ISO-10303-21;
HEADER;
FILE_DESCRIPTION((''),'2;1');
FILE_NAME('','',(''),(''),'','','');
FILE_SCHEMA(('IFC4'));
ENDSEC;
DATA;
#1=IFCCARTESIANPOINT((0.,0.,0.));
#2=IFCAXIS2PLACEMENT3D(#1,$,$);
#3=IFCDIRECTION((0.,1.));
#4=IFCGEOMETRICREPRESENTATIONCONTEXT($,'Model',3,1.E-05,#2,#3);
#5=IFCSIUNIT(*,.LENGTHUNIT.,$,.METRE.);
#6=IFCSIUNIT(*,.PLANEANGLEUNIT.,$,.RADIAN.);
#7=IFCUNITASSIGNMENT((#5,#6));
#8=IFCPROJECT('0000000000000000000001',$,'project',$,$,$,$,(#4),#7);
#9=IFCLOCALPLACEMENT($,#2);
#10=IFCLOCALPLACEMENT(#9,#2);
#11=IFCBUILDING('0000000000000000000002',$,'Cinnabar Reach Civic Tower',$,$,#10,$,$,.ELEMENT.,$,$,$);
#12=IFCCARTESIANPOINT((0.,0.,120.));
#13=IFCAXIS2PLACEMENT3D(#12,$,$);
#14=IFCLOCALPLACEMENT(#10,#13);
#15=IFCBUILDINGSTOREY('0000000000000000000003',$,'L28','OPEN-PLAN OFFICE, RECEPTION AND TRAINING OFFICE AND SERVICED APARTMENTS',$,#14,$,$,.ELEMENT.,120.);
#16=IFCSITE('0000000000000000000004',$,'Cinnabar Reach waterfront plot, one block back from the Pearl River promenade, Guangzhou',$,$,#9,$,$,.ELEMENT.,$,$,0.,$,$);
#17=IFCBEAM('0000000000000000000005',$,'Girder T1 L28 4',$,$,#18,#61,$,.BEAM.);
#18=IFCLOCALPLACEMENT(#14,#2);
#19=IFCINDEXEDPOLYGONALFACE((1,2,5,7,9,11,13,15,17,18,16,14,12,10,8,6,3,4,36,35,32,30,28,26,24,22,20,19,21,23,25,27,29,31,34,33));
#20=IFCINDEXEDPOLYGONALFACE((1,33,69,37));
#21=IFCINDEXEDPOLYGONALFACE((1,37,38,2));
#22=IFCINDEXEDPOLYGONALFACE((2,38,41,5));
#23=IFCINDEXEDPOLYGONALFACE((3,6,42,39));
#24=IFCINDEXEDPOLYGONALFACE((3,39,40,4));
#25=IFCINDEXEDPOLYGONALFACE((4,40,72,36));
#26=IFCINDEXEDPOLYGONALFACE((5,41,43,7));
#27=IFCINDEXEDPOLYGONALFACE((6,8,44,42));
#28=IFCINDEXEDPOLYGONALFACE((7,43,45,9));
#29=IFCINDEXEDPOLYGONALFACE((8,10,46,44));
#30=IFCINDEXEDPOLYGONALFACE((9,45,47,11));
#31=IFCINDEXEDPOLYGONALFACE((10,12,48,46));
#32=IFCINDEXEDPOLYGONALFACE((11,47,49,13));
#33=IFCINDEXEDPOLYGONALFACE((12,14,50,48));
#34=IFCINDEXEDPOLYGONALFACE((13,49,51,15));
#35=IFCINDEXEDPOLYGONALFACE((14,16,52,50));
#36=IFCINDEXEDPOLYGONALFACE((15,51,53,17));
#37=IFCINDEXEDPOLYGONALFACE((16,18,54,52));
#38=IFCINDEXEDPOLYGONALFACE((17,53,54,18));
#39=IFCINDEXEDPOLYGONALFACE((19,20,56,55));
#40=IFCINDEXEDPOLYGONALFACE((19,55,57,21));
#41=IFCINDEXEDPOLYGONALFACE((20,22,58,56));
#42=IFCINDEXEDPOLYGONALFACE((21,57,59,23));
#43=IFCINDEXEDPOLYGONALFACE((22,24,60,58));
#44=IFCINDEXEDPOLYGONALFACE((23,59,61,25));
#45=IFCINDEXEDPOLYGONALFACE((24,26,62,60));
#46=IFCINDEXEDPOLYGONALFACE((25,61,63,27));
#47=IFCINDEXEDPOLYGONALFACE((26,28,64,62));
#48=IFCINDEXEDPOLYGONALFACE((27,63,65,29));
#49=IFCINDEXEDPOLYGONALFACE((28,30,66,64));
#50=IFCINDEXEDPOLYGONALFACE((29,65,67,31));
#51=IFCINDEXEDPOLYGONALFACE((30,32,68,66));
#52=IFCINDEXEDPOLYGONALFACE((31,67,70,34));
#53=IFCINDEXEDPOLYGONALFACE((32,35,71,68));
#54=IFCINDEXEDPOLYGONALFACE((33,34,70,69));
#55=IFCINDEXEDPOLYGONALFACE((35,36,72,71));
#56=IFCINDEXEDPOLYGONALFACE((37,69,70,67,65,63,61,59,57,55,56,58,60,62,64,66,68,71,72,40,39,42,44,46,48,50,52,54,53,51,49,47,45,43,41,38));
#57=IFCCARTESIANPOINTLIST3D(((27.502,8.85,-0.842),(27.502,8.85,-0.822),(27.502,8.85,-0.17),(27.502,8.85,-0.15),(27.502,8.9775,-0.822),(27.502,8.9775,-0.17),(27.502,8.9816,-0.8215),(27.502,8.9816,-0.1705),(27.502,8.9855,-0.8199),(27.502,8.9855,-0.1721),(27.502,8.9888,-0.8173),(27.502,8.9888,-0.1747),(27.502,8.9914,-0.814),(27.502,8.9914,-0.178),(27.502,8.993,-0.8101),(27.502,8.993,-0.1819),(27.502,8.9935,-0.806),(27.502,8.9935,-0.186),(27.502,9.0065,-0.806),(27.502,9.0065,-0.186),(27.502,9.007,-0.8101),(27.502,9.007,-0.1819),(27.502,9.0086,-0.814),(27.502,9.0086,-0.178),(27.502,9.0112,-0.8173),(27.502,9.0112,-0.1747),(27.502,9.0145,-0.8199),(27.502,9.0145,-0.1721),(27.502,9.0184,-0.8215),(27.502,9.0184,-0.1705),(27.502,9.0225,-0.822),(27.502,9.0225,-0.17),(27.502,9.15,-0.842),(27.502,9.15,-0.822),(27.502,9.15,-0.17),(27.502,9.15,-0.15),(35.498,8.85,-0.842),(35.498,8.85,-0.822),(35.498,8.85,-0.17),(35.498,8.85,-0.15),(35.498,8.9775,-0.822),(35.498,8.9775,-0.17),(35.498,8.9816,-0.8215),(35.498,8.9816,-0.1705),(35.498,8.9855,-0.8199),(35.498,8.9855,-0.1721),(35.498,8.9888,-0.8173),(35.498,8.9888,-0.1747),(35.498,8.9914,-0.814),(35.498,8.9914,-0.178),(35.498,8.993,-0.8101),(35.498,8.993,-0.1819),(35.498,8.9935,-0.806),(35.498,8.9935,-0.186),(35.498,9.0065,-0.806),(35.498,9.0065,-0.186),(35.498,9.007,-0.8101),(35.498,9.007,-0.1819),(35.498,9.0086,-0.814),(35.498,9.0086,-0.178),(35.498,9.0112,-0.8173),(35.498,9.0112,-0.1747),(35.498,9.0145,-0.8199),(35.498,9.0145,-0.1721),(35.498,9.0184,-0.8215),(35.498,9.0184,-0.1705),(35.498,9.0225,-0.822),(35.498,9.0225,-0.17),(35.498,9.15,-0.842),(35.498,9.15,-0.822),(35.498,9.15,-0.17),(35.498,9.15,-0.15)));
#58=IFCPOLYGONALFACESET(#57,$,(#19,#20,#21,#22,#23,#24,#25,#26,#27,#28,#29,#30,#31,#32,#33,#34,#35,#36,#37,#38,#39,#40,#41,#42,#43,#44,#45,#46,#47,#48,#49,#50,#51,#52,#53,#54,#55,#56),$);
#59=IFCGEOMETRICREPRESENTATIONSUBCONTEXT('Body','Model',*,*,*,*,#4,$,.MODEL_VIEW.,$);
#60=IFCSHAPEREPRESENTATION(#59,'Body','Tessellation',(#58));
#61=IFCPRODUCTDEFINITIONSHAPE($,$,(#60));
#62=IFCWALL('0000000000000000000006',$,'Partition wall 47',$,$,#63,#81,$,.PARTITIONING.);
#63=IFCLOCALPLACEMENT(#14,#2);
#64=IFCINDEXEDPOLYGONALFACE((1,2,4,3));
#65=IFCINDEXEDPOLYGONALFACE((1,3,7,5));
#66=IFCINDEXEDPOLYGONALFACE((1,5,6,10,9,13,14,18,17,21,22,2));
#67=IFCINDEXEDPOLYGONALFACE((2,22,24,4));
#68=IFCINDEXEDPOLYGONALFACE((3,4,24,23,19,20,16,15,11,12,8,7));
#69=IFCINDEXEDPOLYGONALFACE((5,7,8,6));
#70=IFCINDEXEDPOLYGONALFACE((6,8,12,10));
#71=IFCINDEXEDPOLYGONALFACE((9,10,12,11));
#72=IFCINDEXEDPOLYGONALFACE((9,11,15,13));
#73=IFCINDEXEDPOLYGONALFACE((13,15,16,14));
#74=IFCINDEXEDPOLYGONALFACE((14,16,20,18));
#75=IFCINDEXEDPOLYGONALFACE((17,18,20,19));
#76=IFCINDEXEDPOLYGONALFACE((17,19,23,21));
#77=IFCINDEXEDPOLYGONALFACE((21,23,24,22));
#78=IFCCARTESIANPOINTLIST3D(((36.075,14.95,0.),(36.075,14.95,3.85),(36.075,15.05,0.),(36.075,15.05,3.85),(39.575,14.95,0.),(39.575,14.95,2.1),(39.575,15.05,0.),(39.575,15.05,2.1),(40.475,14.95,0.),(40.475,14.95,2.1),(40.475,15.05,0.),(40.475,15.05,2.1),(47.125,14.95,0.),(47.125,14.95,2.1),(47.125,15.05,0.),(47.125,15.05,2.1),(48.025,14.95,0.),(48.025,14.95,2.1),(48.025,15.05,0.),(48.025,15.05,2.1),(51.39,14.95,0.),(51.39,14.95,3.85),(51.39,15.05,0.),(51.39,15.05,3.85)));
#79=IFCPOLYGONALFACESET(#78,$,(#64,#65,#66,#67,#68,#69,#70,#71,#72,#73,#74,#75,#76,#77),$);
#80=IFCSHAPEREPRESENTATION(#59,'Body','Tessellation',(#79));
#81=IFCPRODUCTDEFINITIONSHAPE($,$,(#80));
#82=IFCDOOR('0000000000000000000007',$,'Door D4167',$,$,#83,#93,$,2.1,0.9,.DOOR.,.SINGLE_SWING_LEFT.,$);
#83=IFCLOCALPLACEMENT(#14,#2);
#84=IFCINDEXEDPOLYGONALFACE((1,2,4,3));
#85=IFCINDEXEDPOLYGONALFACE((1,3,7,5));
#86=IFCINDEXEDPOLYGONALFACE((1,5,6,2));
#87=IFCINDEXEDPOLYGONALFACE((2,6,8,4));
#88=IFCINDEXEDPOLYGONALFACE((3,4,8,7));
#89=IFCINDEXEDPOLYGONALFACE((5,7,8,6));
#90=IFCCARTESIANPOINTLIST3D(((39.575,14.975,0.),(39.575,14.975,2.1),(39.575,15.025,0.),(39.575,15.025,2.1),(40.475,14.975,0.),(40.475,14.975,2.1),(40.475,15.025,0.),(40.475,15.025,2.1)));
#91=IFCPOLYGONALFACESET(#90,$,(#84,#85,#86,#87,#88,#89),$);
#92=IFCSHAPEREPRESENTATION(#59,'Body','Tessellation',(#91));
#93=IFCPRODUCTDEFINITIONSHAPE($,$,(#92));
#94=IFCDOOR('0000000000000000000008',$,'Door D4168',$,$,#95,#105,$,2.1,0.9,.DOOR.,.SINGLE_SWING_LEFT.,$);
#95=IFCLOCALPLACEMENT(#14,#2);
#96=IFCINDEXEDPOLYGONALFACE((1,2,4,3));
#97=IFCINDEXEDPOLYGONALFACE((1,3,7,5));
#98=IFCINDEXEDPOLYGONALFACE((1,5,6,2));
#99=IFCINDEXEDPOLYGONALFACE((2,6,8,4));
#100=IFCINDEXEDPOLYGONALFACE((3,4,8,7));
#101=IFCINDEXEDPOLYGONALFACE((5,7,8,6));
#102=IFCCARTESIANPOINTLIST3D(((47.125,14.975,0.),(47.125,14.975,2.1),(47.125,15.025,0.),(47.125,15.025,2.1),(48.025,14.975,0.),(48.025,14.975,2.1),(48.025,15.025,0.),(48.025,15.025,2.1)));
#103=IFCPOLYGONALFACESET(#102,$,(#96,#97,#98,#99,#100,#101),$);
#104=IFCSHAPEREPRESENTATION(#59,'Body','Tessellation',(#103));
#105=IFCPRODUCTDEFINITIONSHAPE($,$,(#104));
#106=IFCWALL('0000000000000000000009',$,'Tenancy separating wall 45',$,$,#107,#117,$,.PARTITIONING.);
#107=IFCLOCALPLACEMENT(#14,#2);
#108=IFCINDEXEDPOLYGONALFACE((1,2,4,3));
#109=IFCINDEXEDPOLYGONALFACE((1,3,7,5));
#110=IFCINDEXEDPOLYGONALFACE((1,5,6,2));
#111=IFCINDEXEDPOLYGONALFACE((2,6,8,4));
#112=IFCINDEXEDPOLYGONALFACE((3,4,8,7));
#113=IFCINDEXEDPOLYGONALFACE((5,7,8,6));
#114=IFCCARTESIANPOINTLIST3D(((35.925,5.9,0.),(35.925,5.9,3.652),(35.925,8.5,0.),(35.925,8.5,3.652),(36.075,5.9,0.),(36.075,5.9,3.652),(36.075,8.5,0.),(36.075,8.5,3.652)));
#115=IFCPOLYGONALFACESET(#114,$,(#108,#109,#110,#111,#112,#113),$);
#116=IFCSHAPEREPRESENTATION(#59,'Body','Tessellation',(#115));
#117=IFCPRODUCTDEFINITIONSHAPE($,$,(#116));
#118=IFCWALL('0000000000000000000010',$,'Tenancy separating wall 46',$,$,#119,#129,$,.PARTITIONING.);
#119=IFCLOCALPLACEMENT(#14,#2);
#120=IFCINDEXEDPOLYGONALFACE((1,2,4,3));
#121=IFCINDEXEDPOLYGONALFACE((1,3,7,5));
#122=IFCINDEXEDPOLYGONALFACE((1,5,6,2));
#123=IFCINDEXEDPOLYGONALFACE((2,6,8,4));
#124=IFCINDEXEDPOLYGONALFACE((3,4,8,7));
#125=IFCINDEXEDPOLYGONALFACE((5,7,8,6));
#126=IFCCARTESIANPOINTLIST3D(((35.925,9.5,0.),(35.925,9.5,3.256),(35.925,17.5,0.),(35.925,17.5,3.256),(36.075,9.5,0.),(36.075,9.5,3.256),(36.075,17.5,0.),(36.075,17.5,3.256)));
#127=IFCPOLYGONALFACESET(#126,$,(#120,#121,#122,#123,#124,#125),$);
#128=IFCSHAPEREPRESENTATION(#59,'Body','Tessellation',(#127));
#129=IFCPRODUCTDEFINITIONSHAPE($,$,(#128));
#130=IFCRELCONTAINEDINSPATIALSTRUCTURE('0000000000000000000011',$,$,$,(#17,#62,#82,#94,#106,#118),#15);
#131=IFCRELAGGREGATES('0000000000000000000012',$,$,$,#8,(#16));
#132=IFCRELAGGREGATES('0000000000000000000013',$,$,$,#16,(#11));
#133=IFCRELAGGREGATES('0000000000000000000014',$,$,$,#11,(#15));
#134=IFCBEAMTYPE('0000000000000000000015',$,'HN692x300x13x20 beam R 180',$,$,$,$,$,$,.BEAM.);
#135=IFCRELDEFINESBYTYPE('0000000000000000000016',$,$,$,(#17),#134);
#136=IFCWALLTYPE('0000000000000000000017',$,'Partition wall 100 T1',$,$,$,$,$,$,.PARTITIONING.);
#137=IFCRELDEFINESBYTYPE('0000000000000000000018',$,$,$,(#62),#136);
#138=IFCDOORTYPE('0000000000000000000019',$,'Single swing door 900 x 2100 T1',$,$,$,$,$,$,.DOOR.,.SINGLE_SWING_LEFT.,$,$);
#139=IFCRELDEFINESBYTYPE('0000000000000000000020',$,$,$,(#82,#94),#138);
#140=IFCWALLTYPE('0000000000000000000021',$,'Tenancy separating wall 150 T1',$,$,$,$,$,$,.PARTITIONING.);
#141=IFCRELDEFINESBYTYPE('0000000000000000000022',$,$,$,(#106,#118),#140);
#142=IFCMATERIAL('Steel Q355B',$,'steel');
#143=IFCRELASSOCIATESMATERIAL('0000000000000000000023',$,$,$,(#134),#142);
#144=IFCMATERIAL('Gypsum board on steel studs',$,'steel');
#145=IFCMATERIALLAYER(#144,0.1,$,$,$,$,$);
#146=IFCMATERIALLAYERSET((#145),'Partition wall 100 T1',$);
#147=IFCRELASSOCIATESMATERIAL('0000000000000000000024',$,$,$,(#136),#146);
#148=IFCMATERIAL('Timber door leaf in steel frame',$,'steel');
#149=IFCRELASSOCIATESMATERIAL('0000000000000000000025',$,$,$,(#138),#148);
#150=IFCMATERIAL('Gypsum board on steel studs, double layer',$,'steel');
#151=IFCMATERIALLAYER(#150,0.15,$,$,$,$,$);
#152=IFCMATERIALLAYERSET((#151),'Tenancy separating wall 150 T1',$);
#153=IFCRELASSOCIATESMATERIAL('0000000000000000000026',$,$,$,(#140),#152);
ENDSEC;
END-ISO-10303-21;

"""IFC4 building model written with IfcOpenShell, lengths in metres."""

from ifc_helpers import new_model, si_unit, direction, frame, frame_2d, origin, origin_2d, place, context, subcontext, project, spatial, rectangle, i_section, extrude, material, layer, layer_set, material_profile, profile_set, type_object, element, fill, save


model = new_model("IFC4")

# Units and contexts
model_context = context("Model", 3, precision=1e-05, world=origin(), true_north=direction((0.0, 1.0)))
body_context = subcontext(model_context, "Body", "Model", "MODEL_VIEW")
ifc_project = project(units=[si_unit("LENGTHUNIT", "METRE"), si_unit("PLANEANGLEUNIT", "RADIAN")], contexts=[model_context])

# Site, building, storey
site_placement = place(None, origin())
site = spatial("IfcSite", under=ifc_project, at=site_placement, Name="Cinnabar Reach waterfront plot, one block back from the Pearl River promenade, Guangzhou", CompositionType="ELEMENT", RefElevation=0.0)
building_placement = place(site_placement, origin())
building = spatial("IfcBuilding", under=site, at=building_placement, Name="Cinnabar Reach Civic Tower", CompositionType="ELEMENT")
storey_placement = place(building_placement, frame((0.0, 0.0, 120.0)))
storey = spatial("IfcBuildingStorey", under=building, at=storey_placement, Name="L28", Description="OPEN-PLAN OFFICE, RECEPTION AND TRAINING OFFICE AND SERVICED APARTMENTS", CompositionType="ELEMENT", Elevation=120.0)

# Beam
ifc_material_1 = material(Name="Steel Q355B", Category="steel")
ifc_material_profile_1 = material_profile(ifc_material_1, i_section(OverallWidth=0.3, OverallDepth=0.692, WebThickness=0.013, FlangeThickness=0.02, FilletRadius=0.016, at=origin_2d()), Name="HN692x300x13x20")
ifc_profile_set_1 = profile_set([ifc_material_profile_1], Name="Steel Q355B")
beam_type_1 = type_object("IfcBeamType", Name="HN692x300x13x20 beam R 180", PredefinedType="BEAM", material=ifc_profile_set_1)
beam_1_placement = place(storey_placement, frame((27.502, 9.0, -0.496), z_axis=(1.0, 0.0, 0.0), x_axis=(0.0, 1.0, 0.0)))
element("IfcBeam", 1, at=beam_1_placement, inside=storey, type_object=beam_type_1, Name="Girder T1 L28 4", PredefinedType="BEAM", context=body_context, shape_type="SweptSolid", body=[
    extrude(i_section(OverallWidth=0.3, OverallDepth=0.692, WebThickness=0.013, FlangeThickness=0.02, FilletRadius=0.016, at=origin_2d()), origin(), (0.0, 0.0, 1.0), 7.996),
])

# Wall, openings, doors
ifc_material_2 = material(Name="Gypsum board on steel studs", Category="steel")
ifc_layer_1 = layer(ifc_material_2, 0.1)
ifc_layer_set_1 = layer_set([ifc_layer_1], Name="Partition wall 100 T1")
wall_type_1 = type_object("IfcWallType", Name="Partition wall 100 T1", PredefinedType="PARTITIONING", material=ifc_layer_set_1)
wall_1_placement = place(storey_placement, frame((36.075, 15.0, 0.0), z_axis=(0.0, 0.0, 1.0), x_axis=(1.0, 0.0, 0.0)))
wall_1 = element("IfcWall", 2, at=wall_1_placement, inside=storey, type_object=wall_type_1, Name="Partition wall 47", PredefinedType="PARTITIONING", context=body_context, shape_type="SweptSolid", body=[
    extrude(rectangle(XDim=15.315, YDim=0.1, at=frame_2d((7.6575, 0.0))), origin(), (0.0, 0.0, 1.0), 3.85),
])
opening_1_placement = place(wall_1_placement, frame((3.5, 0.0, 0.0)))
opening_1 = element("IfcOpeningElement", 3, at=opening_1_placement, cuts=wall_1, PredefinedType="OPENING", context=body_context, shape_type="SweptSolid", body=[
    extrude(rectangle(XDim=0.9, YDim=2.1, at=frame_2d((0.45, 1.05))), frame((0.0, 0.06, 0.0), z_axis=(0.0, -1.0, 0.0), x_axis=(1.0, 0.0, 0.0)), (0.0, 0.0, 1.0), 0.12),
])
opening_2_placement = place(wall_1_placement, frame((11.05, 0.0, 0.0)))
opening_2 = element("IfcOpeningElement", 4, at=opening_2_placement, cuts=wall_1, PredefinedType="OPENING", context=body_context, shape_type="SweptSolid", body=[
    extrude(rectangle(XDim=0.9, YDim=2.1, at=frame_2d((0.45, 1.05))), frame((0.0, 0.06, 0.0), z_axis=(0.0, -1.0, 0.0), x_axis=(1.0, 0.0, 0.0)), (0.0, 0.0, 1.0), 0.12),
])
ifc_material_3 = material(Name="Timber door leaf in steel frame", Category="steel")
door_type = type_object("IfcDoorType", Name="Single swing door 900 x 2100 T1", OperationType="SINGLE_SWING_LEFT", PredefinedType="DOOR", material=ifc_material_3)
door_1_placement = place(opening_1_placement, origin())
door_1 = element("IfcDoor", 5, at=door_1_placement, inside=storey, type_object=door_type, Name="Door D4167", OperationType="SINGLE_SWING_LEFT", OverallHeight=2.1, OverallWidth=0.9, PredefinedType="DOOR", context=body_context, shape_type="SweptSolid", body=[
    extrude(rectangle(XDim=0.9, YDim=2.1, at=frame_2d((0.45, 1.05))), frame((0.0, 0.025, 0.0), z_axis=(0.0, -1.0, 0.0), x_axis=(1.0, 0.0, 0.0)), (0.0, 0.0, 1.0), 0.05),
])
fill(opening_1, door_1)
door_2_placement = place(opening_2_placement, frame((0.9, 0.0, 0.0), z_axis=(0.0, 0.0, 1.0), x_axis=(-1.0, 0.0, 0.0)))
door_2 = element("IfcDoor", 6, at=door_2_placement, inside=storey, type_object=door_type, Name="Door D4168", OperationType="SINGLE_SWING_LEFT", OverallHeight=2.1, OverallWidth=0.9, PredefinedType="DOOR", context=body_context, shape_type="SweptSolid", body=[
    extrude(rectangle(XDim=0.9, YDim=2.1, at=frame_2d((0.45, 1.05))), frame((0.0, 0.025, 0.0), z_axis=(0.0, -1.0, 0.0), x_axis=(1.0, 0.0, 0.0)), (0.0, 0.0, 1.0), 0.05),
])
fill(opening_2, door_2)

# Walls
ifc_material_4 = material(Name="Gypsum board on steel studs, double layer", Category="steel")
ifc_layer_2 = layer(ifc_material_4, 0.15)
ifc_layer_set_2 = layer_set([ifc_layer_2], Name="Tenancy separating wall 150 T1")
wall_type_2 = type_object("IfcWallType", Name="Tenancy separating wall 150 T1", PredefinedType="PARTITIONING", material=ifc_layer_set_2)
wall_2_placement = place(storey_placement, frame((36.0, 5.9, 0.0), z_axis=(0.0, 0.0, 1.0), x_axis=(0.0, 1.0, 0.0)))
element("IfcWall", 7, at=wall_2_placement, inside=storey, type_object=wall_type_2, Name="Tenancy separating wall 45", PredefinedType="PARTITIONING", context=body_context, shape_type="SweptSolid", body=[
    extrude(rectangle(XDim=2.6, YDim=0.15, at=frame_2d((1.3, 0.0))), origin(), (0.0, 0.0, 1.0), 3.652),
])
wall_3_placement = place(storey_placement, frame((36.0, 9.5, 0.0), z_axis=(0.0, 0.0, 1.0), x_axis=(0.0, 1.0, 0.0)))
element("IfcWall", 8, at=wall_3_placement, inside=storey, type_object=wall_type_2, Name="Tenancy separating wall 46", PredefinedType="PARTITIONING", context=body_context, shape_type="SweptSolid", body=[
    extrude(rectangle(XDim=8.0, YDim=0.15, at=frame_2d((4.0, 0.0))), origin(), (0.0, 0.0, 1.0), 3.256),
])

save(model, "model.ifc")
